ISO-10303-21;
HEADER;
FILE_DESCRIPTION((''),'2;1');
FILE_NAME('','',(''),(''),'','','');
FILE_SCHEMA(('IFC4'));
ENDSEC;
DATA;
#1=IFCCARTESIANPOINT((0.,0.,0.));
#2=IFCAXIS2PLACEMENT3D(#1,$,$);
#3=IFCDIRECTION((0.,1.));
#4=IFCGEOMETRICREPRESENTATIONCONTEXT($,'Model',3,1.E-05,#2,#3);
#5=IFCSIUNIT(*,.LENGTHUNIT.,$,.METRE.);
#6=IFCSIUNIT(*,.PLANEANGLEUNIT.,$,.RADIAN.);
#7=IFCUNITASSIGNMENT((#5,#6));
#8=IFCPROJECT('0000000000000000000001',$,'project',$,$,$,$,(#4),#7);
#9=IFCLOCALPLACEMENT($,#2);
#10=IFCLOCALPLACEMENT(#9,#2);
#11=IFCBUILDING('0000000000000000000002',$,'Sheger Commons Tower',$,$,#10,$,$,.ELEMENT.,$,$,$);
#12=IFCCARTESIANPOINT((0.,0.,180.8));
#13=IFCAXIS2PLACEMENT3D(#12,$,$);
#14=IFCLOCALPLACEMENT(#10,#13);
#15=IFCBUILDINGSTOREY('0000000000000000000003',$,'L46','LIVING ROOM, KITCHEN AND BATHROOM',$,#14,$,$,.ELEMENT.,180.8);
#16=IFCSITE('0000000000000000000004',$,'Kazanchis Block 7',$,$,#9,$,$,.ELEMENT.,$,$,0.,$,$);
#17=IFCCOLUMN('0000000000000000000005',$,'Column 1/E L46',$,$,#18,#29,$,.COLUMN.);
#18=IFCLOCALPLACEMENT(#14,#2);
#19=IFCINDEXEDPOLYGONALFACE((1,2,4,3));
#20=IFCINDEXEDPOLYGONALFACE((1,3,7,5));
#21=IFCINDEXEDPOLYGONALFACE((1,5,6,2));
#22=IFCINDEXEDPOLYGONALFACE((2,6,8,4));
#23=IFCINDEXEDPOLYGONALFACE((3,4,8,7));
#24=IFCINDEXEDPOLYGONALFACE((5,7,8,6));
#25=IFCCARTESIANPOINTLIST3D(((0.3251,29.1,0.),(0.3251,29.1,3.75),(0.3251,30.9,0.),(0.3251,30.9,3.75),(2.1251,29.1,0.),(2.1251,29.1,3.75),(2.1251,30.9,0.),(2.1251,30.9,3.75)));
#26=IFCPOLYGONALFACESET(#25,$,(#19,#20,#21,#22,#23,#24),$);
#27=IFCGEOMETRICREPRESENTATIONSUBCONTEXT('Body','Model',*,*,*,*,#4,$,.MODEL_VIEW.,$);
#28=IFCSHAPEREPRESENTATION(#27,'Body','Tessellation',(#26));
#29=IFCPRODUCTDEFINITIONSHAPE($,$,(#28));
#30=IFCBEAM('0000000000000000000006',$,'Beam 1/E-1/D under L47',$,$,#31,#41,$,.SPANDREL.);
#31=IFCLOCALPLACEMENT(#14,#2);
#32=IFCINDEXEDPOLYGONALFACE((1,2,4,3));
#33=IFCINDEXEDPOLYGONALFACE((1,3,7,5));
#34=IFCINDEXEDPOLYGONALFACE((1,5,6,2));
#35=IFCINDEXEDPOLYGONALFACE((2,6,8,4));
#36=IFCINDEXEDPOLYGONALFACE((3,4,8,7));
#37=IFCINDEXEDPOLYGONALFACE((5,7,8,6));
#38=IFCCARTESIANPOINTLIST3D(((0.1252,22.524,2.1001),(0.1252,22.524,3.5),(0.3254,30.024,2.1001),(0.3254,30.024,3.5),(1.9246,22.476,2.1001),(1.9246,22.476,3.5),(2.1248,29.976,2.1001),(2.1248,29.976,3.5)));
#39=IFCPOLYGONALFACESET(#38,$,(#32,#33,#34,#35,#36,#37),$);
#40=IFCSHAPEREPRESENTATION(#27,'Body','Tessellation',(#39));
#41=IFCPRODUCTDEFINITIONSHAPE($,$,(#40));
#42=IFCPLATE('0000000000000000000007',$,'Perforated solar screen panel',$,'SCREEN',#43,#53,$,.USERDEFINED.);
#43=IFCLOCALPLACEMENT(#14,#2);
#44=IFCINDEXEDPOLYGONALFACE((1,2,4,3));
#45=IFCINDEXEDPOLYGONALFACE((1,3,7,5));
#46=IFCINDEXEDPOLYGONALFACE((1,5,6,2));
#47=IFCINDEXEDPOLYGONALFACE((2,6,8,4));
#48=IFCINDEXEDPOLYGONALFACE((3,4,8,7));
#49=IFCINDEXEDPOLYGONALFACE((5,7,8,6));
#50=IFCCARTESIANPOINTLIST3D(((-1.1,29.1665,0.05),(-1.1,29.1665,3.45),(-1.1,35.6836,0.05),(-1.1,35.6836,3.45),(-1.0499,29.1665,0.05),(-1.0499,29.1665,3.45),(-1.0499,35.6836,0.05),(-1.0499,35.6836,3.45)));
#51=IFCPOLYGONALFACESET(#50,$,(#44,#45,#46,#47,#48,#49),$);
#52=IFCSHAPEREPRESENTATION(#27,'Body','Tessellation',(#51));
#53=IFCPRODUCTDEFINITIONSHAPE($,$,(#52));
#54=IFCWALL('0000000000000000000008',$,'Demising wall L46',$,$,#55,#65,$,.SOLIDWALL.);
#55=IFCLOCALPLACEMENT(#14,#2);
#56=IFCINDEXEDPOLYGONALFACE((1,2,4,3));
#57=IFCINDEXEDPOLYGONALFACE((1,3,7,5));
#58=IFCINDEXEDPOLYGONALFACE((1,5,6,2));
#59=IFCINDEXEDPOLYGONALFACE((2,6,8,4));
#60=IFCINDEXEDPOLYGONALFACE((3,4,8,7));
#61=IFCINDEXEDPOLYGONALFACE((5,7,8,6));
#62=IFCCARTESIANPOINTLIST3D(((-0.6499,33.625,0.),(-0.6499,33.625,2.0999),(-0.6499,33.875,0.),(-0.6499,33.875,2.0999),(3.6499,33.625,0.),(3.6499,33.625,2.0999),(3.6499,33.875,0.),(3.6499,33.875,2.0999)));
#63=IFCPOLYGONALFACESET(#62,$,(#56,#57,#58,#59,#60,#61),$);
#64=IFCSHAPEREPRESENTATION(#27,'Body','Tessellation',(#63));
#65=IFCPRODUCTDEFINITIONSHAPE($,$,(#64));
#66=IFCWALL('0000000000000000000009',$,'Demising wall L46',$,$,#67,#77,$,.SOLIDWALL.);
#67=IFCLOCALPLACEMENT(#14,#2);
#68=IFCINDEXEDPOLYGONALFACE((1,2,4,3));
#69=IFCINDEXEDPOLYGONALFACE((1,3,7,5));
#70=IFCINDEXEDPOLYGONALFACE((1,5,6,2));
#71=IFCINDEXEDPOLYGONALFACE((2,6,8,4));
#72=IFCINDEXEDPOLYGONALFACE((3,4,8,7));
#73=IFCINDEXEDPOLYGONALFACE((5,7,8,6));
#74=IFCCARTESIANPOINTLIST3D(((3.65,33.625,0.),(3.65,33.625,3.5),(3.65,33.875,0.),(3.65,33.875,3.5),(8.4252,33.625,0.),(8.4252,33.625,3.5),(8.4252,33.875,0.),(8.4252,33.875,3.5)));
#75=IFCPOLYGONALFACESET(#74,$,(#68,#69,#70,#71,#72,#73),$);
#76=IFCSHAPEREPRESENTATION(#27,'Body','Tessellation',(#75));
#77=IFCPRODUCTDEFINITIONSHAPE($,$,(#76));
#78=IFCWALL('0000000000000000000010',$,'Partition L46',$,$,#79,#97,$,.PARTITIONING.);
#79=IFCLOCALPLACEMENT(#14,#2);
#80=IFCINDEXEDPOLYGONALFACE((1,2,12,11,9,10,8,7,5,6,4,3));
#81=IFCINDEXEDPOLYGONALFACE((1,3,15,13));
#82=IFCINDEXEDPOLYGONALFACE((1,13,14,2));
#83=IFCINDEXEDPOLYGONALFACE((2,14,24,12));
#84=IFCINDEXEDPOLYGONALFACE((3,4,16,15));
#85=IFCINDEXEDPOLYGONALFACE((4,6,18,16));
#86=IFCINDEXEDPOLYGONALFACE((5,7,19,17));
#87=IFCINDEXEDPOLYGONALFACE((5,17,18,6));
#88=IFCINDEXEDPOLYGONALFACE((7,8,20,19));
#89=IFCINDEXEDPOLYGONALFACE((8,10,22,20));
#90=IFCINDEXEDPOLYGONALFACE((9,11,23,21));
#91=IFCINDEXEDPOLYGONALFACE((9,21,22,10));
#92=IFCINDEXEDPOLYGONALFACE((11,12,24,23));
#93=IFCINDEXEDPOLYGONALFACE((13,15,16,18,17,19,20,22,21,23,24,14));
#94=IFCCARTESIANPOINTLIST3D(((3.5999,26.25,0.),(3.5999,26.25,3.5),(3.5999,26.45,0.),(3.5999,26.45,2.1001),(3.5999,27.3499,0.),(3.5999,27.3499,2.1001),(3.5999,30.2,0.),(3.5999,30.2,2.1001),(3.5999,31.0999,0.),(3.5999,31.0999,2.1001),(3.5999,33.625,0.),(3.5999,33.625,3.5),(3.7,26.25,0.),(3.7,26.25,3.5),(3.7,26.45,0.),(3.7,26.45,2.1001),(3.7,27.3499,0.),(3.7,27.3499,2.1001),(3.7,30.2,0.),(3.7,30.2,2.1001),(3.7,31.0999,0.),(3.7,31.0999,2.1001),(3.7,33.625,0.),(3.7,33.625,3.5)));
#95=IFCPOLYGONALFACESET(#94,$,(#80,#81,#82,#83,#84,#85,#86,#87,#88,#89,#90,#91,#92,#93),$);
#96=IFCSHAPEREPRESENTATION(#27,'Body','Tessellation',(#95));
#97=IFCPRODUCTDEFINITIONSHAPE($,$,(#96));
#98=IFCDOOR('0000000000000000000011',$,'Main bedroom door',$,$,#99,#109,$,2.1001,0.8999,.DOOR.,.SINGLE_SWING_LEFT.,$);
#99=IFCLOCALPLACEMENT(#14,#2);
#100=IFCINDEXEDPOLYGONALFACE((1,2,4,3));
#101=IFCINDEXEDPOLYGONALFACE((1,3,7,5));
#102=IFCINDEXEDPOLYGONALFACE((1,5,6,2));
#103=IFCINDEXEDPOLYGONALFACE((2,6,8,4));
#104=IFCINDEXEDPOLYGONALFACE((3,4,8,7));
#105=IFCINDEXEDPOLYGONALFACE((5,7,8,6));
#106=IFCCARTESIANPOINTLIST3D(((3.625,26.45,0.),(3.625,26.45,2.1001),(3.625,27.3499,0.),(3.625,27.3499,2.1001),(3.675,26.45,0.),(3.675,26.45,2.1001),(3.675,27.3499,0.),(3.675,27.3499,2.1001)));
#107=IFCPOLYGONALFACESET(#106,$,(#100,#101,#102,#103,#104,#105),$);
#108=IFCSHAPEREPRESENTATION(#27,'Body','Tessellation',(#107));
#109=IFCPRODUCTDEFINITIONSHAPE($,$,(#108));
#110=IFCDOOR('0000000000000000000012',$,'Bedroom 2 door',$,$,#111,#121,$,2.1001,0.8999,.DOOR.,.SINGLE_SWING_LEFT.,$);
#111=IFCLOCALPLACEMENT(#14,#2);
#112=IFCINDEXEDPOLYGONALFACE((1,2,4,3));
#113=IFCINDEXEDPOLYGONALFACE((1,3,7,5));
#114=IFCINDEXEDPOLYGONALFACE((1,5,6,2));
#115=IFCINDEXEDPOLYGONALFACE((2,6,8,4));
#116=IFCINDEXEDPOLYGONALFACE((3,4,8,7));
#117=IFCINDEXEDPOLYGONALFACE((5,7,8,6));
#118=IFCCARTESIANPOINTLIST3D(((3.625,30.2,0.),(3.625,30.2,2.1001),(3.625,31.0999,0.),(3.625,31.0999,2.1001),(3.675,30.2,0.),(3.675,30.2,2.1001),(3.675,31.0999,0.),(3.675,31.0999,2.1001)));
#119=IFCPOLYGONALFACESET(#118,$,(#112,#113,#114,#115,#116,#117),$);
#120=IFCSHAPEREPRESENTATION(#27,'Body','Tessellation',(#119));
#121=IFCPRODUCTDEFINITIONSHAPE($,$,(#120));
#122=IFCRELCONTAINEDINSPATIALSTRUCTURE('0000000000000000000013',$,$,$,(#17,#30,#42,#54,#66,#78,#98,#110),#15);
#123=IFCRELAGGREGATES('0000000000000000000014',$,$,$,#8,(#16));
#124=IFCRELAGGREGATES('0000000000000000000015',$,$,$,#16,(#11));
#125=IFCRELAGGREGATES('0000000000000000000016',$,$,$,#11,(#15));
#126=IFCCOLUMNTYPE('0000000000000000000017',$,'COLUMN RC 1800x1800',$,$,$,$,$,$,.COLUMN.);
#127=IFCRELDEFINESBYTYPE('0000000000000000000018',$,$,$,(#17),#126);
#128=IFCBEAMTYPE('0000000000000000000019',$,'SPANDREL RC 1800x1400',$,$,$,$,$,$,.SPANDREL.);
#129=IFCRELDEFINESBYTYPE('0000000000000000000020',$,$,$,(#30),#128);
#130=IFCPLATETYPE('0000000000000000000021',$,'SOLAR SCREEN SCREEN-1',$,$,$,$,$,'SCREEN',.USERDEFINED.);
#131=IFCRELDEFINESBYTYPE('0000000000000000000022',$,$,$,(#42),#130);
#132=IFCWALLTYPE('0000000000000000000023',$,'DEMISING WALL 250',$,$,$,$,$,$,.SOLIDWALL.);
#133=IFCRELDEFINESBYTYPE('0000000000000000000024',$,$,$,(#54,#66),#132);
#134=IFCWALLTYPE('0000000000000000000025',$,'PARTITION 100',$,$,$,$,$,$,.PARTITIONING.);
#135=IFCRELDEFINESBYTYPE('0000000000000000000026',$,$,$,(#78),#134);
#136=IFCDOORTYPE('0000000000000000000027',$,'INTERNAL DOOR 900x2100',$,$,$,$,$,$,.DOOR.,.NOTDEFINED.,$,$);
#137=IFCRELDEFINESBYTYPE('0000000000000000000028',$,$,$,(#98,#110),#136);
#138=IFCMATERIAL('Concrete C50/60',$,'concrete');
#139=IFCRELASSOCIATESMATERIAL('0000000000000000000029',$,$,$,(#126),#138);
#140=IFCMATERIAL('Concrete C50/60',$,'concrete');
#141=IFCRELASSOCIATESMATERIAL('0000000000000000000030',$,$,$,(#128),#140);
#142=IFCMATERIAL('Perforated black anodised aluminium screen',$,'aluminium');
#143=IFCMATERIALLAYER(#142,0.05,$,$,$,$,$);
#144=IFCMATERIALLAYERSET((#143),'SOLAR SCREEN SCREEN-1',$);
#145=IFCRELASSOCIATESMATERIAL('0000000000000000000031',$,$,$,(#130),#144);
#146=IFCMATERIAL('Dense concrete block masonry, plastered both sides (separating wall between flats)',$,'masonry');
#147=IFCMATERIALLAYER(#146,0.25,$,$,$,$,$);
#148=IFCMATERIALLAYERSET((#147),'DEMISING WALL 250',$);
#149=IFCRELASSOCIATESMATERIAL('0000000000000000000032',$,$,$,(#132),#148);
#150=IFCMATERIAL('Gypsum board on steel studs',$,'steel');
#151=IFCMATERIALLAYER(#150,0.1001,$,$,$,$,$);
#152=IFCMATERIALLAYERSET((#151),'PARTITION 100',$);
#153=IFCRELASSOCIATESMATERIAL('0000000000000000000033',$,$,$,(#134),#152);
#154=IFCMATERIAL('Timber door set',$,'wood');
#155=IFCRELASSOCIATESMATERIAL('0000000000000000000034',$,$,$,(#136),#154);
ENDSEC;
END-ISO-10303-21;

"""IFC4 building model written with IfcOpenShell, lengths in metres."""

from ifc_helpers import new_model, si_unit, direction, frame, frame_2d, origin, origin_2d, place, context, subcontext, project, spatial, rectangle, extrude, material, layer, layer_set, material_profile, profile_set, type_object, element, fill, save


model = new_model("IFC4")

# Units and contexts
model_context = context("Model", 3, precision=1e-05, world=origin(), true_north=direction((0.0, 1.0)))
body_context = subcontext(model_context, "Body", "Model", "MODEL_VIEW")
ifc_project = project(units=[si_unit("LENGTHUNIT", "METRE"), si_unit("PLANEANGLEUNIT", "RADIAN")], contexts=[model_context])

# Site, building, storey
site_placement = place(None, origin())
site = spatial("IfcSite", under=ifc_project, at=site_placement, Name="Kazanchis Block 7", CompositionType="ELEMENT", RefElevation=0.0)
building_placement = place(site_placement, origin())
building = spatial("IfcBuilding", under=site, at=building_placement, Name="Sheger Commons Tower", CompositionType="ELEMENT")
storey_placement = place(building_placement, frame((0.0, 0.0, 180.8)))
storey = spatial("IfcBuildingStorey", under=building, at=storey_placement, Name="L46", Description="LIVING ROOM, KITCHEN AND BATHROOM", CompositionType="ELEMENT", Elevation=180.8)

# Column
ifc_material_1 = material(Name="Concrete C50/60", Category="concrete")
ifc_material_profile_1 = material_profile(ifc_material_1, rectangle(XDim=1.8, YDim=1.8, at=origin_2d()), Name="RC 1800x1800")
ifc_profile_set_1 = profile_set([ifc_material_profile_1], Name="Concrete C50/60")
column_type = type_object("IfcColumnType", Name="COLUMN RC 1800x1800", PredefinedType="COLUMN", material=ifc_profile_set_1)
column_placement = place(storey_placement, frame((1.2251, 30.0, 0.0), z_axis=(0.0, 0.0, 1.0), x_axis=(1.0, 0.0, 0.0)))
element("IfcColumn", 1, at=column_placement, inside=storey, type_object=column_type, Name="Column 1/E L46", PredefinedType="COLUMN", context=body_context, shape_type="SweptSolid", body=[
    extrude(rectangle(XDim=1.8, YDim=1.8, at=origin_2d()), origin(), (0.0, 0.0, 1.0), 3.75),
])

# Beam
ifc_material_2 = material(Name="Concrete C50/60", Category="concrete")
ifc_material_profile_2 = material_profile(ifc_material_2, rectangle(XDim=1.8, YDim=1.3999, at=origin_2d()), Name="RC 1800x1400")
ifc_profile_set_2 = profile_set([ifc_material_profile_2], Name="Concrete C50/60")
beam_type = type_object("IfcBeamType", Name="SPANDREL RC 1800x1400", PredefinedType="SPANDREL", material=ifc_profile_set_2)
beam_placement = place(storey_placement, frame((1.2251, 30.0, 2.8), z_axis=(-0.026683, -0.999644, 0.0), x_axis=(0.999644, -0.026683, 0.0)))
element("IfcBeam", 2, at=beam_placement, inside=storey, type_object=beam_type, Name="Beam 1/E-1/D under L47", PredefinedType="SPANDREL", context=body_context, shape_type="SweptSolid", body=[
    extrude(rectangle(XDim=1.8, YDim=1.3999, at=origin_2d()), origin(), (0.0, 0.0, 1.0), 7.5027),
])

# Plate
ifc_material_3 = material(Name="Perforated black anodised aluminium screen", Category="aluminium")
ifc_layer_1 = layer(ifc_material_3, 0.05)
ifc_layer_set_1 = layer_set([ifc_layer_1], Name="SOLAR SCREEN SCREEN-1")
plate_type = type_object("IfcPlateType", Name="SOLAR SCREEN SCREEN-1", ElementType="SCREEN", PredefinedType="USERDEFINED", material=ifc_layer_set_1)
plate_placement = place(storey_placement, frame((-1.075, 32.425, 0.05), z_axis=(0.0, 0.0, 1.0), x_axis=(0.0, -1.0, 0.0)))
element("IfcPlate", 3, at=plate_placement, inside=storey, type_object=plate_type, Name="Perforated solar screen panel", ObjectType="SCREEN", PredefinedType="USERDEFINED", context=body_context, shape_type="SweptSolid", body=[
    extrude(rectangle(XDim=6.5171, YDim=0.05, at=origin_2d()), origin(), (0.0, 0.0, 1.0), 3.3999),
])

# Walls
ifc_material_4 = material(Name="Dense concrete block masonry, plastered both sides (separating wall between flats)", Category="masonry")
ifc_layer_2 = layer(ifc_material_4, 0.25)
ifc_layer_set_2 = layer_set([ifc_layer_2], Name="DEMISING WALL 250")
wall_type_1 = type_object("IfcWallType", Name="DEMISING WALL 250", PredefinedType="SOLIDWALL", material=ifc_layer_set_2)
wall_1_placement = place(storey_placement, frame((-0.6499, 33.75, 0.0), z_axis=(0.0, 0.0, 1.0), x_axis=(1.0, 0.0, 0.0)))
element("IfcWall", 4, at=wall_1_placement, inside=storey, type_object=wall_type_1, Name="Demising wall L46", PredefinedType="SOLIDWALL", context=body_context, shape_type="SweptSolid", body=[
    extrude(rectangle(XDim=4.2998, YDim=0.25, at=frame_2d((2.1499, 0.0))), origin(), (0.0, 0.0, 1.0), 2.0999),
])
wall_2_placement = place(storey_placement, frame((3.6499, 33.75, 0.0), z_axis=(0.0, 0.0, 1.0), x_axis=(1.0, 0.0, 0.0)))
element("IfcWall", 5, at=wall_2_placement, inside=storey, type_object=wall_type_1, Name="Demising wall L46", PredefinedType="SOLIDWALL", context=body_context, shape_type="SweptSolid", body=[
    extrude(rectangle(XDim=4.7751, YDim=0.25, at=frame_2d((2.3877, 0.0))), origin(), (0.0, 0.0, 1.0), 3.5),
])

# Wall, openings, doors
ifc_material_5 = material(Name="Gypsum board on steel studs", Category="steel")
ifc_layer_3 = layer(ifc_material_5, 0.1001)
ifc_layer_set_3 = layer_set([ifc_layer_3], Name="PARTITION 100")
wall_type_2 = type_object("IfcWallType", Name="PARTITION 100", PredefinedType="PARTITIONING", material=ifc_layer_set_3)
wall_3_placement = place(storey_placement, frame((3.6499, 26.25, 0.0), z_axis=(0.0, 0.0, 1.0), x_axis=(0.0, 1.0, 0.0)))
wall_3 = element("IfcWall", 6, at=wall_3_placement, inside=storey, type_object=wall_type_2, Name="Partition L46", PredefinedType="PARTITIONING", context=body_context, shape_type="SweptSolid", body=[
    extrude(rectangle(XDim=7.375, YDim=0.1001, at=frame_2d((3.6875, 0.0))), origin(), (0.0, 0.0, 1.0), 3.5),
])
opening_1_placement = place(wall_3_placement, frame((0.2, 0.0, 0.0)))
opening_1 = element("IfcOpeningElement", 7, at=opening_1_placement, cuts=wall_3, PredefinedType="OPENING", context=body_context, shape_type="SweptSolid", body=[
    extrude(rectangle(XDim=0.8999, YDim=2.1001, at=frame_2d((0.45, 1.05))), frame((0.0, 0.0601, 0.0), z_axis=(0.0, -1.0, 0.0), x_axis=(1.0, 0.0, 0.0)), (0.0, 0.0, 1.0), 0.1201),
])
opening_2_placement = place(wall_3_placement, frame((3.95, 0.0, 0.0)))
opening_2 = element("IfcOpeningElement", 8, at=opening_2_placement, cuts=wall_3, PredefinedType="OPENING", context=body_context, shape_type="SweptSolid", body=[
    extrude(rectangle(XDim=0.8999, YDim=2.1001, at=frame_2d((0.45, 1.05))), frame((0.0, 0.0601, 0.0), z_axis=(0.0, -1.0, 0.0), x_axis=(1.0, 0.0, 0.0)), (0.0, 0.0, 1.0), 0.1201),
])
ifc_material_6 = material(Name="Timber door set", Category="wood")
door_type = type_object("IfcDoorType", Name="INTERNAL DOOR 900x2100", OperationType="NOTDEFINED", PredefinedType="DOOR", material=ifc_material_6)
door_1_placement = place(opening_1_placement, origin())
door_1 = element("IfcDoor", 9, at=door_1_placement, inside=storey, type_object=door_type, Name="Main bedroom door", OperationType="SINGLE_SWING_LEFT", OverallHeight=2.1001, OverallWidth=0.8999, PredefinedType="DOOR", context=body_context, shape_type="SweptSolid", body=[
    extrude(rectangle(XDim=0.8999, YDim=2.1001, at=frame_2d((0.45, 1.05))), frame((0.0, 0.0249, 0.0), z_axis=(0.0, -1.0, 0.0), x_axis=(1.0, 0.0, 0.0)), (0.0, 0.0, 1.0), 0.05),
])
fill(opening_1, door_1)
door_2_placement = place(opening_2_placement, origin())
door_2 = element("IfcDoor", 10, at=door_2_placement, inside=storey, type_object=door_type, Name="Bedroom 2 door", OperationType="SINGLE_SWING_LEFT", OverallHeight=2.1001, OverallWidth=0.8999, PredefinedType="DOOR", context=body_context, shape_type="SweptSolid", body=[
    extrude(rectangle(XDim=0.8999, YDim=2.1001, at=frame_2d((0.45, 1.05))), frame((0.0, 0.0249, 0.0), z_axis=(0.0, -1.0, 0.0), x_axis=(1.0, 0.0, 0.0)), (0.0, 0.0, 1.0), 0.05),
])
fill(opening_2, door_2)

save(model, "model.ifc")
